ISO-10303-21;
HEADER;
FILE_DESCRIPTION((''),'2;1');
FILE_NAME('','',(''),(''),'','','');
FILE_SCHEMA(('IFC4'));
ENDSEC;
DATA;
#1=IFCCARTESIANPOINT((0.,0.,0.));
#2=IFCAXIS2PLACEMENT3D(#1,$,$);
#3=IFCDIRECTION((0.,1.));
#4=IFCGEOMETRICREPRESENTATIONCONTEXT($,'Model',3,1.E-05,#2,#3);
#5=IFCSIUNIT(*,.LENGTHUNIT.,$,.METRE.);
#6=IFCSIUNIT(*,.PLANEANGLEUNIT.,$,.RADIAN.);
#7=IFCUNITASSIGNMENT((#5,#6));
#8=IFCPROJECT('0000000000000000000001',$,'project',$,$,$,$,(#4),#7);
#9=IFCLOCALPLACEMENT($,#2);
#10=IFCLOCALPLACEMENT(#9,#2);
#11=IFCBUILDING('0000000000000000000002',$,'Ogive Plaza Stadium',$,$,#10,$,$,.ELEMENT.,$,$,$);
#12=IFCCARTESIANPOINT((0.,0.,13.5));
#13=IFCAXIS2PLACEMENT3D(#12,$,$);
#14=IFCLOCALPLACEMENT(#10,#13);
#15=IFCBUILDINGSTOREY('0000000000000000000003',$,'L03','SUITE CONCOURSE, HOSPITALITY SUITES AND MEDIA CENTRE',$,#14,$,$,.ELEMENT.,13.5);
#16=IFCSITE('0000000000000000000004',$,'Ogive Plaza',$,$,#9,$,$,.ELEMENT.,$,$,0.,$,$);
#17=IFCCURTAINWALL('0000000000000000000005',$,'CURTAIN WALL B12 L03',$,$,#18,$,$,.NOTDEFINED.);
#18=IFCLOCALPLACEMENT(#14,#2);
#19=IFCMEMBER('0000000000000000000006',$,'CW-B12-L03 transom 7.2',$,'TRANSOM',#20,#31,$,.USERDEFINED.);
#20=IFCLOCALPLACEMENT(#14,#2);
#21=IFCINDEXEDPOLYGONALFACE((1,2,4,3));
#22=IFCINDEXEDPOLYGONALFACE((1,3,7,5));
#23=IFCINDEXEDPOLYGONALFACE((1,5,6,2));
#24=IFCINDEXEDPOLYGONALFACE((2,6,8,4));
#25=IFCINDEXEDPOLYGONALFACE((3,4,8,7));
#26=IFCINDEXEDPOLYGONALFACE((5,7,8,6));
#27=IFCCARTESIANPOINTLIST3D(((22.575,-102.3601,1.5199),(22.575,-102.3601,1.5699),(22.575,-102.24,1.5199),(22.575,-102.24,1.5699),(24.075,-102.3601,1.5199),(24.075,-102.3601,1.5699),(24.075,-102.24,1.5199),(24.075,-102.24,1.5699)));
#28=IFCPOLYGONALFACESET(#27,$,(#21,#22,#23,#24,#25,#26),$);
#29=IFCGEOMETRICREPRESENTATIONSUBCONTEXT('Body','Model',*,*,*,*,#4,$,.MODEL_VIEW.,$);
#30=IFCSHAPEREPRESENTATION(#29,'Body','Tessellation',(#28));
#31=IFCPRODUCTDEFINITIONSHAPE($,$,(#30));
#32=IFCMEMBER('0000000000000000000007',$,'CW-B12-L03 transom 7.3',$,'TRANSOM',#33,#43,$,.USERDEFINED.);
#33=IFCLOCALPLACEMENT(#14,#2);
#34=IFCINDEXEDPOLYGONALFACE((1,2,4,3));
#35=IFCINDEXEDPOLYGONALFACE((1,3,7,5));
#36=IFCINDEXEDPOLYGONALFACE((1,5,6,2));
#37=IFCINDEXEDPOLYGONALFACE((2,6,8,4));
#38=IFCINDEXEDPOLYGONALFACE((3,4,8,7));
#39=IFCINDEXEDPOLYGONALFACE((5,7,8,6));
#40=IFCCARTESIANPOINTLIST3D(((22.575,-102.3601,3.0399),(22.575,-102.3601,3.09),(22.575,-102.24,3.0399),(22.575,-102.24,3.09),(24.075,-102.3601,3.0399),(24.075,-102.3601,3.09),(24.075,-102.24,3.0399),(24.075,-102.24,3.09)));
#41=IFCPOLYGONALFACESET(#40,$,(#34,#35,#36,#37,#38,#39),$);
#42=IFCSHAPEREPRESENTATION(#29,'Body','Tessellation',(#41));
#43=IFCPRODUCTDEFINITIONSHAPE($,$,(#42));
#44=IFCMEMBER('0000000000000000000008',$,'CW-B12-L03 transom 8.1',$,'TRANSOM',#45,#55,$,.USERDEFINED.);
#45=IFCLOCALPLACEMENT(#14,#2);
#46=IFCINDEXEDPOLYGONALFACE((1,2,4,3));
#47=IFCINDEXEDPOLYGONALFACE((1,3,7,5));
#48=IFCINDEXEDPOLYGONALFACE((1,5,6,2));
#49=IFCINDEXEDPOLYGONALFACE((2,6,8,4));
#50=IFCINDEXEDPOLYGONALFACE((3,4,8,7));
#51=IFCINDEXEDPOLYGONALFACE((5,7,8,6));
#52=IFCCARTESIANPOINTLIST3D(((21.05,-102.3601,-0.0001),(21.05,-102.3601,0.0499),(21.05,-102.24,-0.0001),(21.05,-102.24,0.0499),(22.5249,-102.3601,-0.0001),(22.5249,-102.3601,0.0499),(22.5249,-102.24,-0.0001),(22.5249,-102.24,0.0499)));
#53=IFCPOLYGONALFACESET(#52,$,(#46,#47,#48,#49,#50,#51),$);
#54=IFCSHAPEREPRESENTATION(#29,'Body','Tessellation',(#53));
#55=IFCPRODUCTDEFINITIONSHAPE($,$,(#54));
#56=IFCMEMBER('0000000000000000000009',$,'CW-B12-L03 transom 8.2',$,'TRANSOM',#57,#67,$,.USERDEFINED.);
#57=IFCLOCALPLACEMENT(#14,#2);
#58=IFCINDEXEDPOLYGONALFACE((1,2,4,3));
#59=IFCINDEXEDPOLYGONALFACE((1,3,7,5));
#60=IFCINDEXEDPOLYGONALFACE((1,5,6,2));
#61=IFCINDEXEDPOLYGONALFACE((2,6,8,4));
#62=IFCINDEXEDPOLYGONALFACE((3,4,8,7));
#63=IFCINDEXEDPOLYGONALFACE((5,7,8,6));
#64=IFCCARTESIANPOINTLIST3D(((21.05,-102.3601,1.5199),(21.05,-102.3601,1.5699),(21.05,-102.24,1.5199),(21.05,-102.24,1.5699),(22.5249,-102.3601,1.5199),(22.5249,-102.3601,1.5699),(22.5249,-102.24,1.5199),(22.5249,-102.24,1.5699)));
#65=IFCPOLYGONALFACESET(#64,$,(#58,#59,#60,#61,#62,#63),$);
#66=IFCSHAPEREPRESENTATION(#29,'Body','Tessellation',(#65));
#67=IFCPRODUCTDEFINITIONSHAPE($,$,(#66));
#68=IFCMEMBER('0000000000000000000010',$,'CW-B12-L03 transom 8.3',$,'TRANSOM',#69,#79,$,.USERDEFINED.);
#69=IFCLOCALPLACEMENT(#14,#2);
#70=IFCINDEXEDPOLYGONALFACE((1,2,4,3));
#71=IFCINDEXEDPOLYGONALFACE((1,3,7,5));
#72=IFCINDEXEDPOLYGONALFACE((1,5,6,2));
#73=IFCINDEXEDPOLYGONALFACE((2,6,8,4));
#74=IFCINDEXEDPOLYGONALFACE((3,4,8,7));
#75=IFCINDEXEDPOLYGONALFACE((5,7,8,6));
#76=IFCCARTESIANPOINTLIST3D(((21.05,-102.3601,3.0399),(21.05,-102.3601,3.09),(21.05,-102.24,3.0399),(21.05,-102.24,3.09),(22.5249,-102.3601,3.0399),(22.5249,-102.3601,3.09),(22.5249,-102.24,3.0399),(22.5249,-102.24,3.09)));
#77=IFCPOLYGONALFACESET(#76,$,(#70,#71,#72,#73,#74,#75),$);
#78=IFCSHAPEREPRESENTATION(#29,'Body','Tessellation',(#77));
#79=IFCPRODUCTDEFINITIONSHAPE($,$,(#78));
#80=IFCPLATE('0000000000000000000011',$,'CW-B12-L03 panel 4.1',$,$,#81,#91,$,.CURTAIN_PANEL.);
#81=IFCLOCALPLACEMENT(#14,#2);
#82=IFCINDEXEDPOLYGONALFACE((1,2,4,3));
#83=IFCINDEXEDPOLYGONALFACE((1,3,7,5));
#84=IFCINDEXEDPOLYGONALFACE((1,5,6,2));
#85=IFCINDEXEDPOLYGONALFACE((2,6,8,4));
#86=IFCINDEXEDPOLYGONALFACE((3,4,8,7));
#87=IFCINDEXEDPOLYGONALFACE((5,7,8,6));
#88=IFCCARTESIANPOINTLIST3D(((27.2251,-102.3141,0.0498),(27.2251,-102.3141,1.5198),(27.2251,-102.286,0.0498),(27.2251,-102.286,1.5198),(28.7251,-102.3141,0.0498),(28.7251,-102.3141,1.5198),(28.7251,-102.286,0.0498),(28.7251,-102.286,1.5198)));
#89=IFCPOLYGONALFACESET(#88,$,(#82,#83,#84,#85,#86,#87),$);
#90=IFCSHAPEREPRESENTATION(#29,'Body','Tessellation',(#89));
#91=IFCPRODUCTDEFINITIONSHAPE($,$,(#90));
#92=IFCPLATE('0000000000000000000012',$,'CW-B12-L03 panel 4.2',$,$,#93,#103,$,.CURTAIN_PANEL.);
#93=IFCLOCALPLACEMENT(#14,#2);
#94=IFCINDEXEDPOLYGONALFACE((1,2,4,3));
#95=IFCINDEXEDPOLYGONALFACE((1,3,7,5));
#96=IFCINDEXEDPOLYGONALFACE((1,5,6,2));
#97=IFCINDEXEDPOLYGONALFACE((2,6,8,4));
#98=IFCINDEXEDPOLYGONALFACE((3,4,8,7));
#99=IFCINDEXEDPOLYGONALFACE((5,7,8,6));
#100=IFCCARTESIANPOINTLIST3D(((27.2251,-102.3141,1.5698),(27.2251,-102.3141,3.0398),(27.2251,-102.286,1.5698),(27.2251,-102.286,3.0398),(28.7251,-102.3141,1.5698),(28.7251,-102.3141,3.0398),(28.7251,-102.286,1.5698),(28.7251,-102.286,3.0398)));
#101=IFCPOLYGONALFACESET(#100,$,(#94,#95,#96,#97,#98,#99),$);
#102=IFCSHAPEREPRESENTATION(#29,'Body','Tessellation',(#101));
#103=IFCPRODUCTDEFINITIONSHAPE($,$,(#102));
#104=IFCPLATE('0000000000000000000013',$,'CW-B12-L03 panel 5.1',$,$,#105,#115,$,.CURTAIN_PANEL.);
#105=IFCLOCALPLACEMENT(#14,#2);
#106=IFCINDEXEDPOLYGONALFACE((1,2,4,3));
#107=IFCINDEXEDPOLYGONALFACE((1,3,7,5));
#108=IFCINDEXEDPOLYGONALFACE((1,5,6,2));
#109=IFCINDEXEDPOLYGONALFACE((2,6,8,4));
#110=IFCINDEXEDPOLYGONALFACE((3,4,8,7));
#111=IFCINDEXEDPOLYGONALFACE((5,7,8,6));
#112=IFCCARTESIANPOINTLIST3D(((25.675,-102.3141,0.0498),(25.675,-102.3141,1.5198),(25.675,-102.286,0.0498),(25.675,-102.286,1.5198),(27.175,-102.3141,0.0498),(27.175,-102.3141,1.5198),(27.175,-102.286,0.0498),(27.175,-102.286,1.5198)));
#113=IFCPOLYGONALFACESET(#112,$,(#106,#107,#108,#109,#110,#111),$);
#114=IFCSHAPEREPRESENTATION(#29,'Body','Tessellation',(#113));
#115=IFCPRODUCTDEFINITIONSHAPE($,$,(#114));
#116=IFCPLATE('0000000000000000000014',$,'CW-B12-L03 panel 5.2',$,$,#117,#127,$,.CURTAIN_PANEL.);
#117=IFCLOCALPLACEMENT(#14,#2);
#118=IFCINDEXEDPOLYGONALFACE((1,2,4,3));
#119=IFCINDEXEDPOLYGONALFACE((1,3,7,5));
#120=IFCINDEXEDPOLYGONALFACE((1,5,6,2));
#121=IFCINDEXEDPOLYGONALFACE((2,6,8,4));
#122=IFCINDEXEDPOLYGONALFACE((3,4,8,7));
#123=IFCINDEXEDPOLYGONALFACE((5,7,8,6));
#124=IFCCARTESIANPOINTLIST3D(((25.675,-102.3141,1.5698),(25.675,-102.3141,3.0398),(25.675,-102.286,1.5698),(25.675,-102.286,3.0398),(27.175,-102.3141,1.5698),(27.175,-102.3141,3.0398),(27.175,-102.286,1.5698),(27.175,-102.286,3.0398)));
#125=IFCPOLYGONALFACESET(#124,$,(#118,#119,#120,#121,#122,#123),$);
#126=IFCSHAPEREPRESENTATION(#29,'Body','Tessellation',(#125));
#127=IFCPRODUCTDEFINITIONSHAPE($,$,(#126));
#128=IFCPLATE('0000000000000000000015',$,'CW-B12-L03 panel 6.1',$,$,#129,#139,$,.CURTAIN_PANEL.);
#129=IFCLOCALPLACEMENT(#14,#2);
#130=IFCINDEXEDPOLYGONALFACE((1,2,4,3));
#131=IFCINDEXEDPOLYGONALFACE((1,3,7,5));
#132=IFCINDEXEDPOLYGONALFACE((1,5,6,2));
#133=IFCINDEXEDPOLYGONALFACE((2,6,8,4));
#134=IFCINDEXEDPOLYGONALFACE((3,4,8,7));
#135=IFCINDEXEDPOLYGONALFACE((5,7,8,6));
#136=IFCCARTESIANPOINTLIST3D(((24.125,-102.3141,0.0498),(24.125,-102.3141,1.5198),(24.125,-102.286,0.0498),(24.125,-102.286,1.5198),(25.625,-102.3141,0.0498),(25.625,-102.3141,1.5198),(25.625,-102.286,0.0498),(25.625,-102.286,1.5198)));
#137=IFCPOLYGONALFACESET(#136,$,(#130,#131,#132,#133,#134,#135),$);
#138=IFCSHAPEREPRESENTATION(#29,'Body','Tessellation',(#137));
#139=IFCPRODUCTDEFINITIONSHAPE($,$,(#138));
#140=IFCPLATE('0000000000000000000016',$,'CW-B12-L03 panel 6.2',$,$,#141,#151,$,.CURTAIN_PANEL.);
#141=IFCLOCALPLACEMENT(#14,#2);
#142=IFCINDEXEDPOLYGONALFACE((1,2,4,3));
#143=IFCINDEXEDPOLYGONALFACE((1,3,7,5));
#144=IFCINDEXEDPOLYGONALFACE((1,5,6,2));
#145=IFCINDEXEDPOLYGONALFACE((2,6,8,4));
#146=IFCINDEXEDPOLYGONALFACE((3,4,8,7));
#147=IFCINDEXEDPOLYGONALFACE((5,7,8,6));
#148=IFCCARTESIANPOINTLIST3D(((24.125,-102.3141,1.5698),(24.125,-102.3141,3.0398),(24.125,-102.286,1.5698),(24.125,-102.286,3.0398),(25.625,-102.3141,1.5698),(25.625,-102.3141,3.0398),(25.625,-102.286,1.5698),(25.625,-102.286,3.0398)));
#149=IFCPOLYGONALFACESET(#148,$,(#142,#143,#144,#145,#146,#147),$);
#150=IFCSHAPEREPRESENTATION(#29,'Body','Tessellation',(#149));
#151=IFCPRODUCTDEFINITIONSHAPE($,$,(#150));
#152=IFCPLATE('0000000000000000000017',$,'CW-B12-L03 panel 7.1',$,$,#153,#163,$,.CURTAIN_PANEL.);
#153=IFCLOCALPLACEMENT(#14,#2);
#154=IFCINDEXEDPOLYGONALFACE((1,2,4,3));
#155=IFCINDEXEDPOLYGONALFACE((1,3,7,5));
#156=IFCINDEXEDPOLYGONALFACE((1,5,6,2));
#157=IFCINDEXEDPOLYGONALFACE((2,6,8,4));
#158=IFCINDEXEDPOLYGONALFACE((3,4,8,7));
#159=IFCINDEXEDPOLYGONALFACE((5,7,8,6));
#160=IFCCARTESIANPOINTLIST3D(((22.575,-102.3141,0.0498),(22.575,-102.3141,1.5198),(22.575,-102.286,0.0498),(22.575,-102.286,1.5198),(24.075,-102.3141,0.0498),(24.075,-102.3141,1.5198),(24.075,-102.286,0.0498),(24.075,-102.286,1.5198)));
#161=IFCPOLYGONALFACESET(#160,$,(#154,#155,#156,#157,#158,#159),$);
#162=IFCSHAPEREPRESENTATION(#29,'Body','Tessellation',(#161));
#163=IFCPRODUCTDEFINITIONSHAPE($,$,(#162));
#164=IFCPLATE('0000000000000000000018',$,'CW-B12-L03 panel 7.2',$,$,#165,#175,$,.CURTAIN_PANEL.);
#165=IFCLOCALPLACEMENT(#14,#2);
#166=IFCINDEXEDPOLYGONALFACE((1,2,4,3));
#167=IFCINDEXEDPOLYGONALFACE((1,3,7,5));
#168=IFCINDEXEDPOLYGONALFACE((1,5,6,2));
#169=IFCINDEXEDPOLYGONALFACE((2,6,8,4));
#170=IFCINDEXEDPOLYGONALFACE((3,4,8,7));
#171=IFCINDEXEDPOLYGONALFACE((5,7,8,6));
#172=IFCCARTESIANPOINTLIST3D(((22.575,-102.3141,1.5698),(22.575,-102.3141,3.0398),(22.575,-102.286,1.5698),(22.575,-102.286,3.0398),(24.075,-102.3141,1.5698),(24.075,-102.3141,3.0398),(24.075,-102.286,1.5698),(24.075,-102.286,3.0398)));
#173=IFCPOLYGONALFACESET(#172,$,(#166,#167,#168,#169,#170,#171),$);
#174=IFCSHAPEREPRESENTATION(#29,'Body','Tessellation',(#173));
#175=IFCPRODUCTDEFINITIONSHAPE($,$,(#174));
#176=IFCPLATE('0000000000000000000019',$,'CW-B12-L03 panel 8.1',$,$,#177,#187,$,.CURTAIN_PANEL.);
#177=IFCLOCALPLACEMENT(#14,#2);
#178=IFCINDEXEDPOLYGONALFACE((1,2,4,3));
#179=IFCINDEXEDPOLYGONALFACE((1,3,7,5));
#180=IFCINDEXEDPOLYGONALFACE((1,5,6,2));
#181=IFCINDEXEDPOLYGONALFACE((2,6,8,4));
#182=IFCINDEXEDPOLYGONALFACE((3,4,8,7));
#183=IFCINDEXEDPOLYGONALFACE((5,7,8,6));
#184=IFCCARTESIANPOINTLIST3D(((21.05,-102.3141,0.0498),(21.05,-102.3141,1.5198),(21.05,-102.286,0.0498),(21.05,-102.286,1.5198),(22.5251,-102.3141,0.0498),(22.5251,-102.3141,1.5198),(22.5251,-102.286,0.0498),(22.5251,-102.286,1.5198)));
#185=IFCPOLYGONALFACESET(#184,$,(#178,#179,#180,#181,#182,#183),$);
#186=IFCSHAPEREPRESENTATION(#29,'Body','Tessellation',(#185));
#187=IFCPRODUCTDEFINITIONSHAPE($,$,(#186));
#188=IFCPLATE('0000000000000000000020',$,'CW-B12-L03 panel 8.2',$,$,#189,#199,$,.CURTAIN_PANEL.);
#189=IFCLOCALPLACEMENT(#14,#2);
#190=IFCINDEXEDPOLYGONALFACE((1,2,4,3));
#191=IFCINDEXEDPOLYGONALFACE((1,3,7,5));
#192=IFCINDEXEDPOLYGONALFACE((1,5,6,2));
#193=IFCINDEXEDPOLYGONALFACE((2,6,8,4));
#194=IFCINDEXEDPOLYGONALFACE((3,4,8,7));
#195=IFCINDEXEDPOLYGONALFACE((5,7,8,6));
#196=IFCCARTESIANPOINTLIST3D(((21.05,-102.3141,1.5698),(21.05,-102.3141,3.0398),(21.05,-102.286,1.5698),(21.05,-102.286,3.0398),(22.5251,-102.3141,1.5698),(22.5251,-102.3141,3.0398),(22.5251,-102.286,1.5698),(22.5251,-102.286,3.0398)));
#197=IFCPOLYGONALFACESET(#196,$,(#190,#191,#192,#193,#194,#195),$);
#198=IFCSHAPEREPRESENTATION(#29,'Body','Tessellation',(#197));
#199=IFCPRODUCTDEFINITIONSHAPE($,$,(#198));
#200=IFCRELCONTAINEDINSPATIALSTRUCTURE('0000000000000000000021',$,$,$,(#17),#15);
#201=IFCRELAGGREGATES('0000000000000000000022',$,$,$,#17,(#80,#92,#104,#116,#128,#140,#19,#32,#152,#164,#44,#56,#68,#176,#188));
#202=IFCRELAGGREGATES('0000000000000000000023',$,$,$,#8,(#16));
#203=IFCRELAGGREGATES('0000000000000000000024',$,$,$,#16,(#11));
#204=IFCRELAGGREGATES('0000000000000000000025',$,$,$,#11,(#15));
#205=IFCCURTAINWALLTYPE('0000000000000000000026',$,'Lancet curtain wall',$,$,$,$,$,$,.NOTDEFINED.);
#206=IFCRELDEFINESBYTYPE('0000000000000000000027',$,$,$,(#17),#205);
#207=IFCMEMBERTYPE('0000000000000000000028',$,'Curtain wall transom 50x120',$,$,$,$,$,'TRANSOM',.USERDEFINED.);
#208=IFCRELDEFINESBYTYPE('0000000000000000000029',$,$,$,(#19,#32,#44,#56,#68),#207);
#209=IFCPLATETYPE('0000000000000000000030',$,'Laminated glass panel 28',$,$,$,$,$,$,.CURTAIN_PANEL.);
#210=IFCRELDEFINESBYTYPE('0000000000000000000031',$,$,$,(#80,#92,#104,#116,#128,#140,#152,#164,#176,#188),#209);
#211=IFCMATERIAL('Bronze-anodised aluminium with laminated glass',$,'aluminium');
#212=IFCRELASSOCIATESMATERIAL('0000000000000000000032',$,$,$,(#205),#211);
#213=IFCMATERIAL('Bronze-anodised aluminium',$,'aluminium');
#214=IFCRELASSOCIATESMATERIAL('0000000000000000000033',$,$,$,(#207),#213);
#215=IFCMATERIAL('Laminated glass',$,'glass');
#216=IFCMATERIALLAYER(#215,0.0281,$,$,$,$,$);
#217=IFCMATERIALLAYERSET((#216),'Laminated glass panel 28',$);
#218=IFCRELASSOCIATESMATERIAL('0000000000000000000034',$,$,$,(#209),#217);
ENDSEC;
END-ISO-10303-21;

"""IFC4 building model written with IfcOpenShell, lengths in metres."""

from ifc_helpers import new_model, si_unit, direction, frame, origin, origin_2d, place, context, subcontext, project, spatial, rectangle, extrude, material, layer, layer_set, material_profile, profile_set, type_object, element, aggregate, save


model = new_model("IFC4")

# Units and contexts
model_context = context("Model", 3, precision=1e-05, world=origin(), true_north=direction((0.0, 1.0)))
body_context = subcontext(model_context, "Body", "Model", "MODEL_VIEW")
ifc_project = project(units=[si_unit("LENGTHUNIT", "METRE"), si_unit("PLANEANGLEUNIT", "RADIAN")], contexts=[model_context])

# Site, building, storey
site_placement = place(None, origin())
site = spatial("IfcSite", under=ifc_project, at=site_placement, Name="Ogive Plaza", CompositionType="ELEMENT", RefElevation=0.0)
building_placement = place(site_placement, origin())
building = spatial("IfcBuilding", under=site, at=building_placement, Name="Ogive Plaza Stadium", CompositionType="ELEMENT")
storey_placement = place(building_placement, frame((0.0, 0.0, 13.5)))
storey = spatial("IfcBuildingStorey", under=building, at=storey_placement, Name="L03", Description="SUITE CONCOURSE, HOSPITALITY SUITES AND MEDIA CENTRE", CompositionType="ELEMENT", Elevation=13.5)

# Curtain wall, members, plates
ifc_material_1 = material(Name="Bronze-anodised aluminium with laminated glass", Category="aluminium")
curtain_wall_type = type_object("IfcCurtainWallType", Name="Lancet curtain wall", PredefinedType="NOTDEFINED", material=ifc_material_1)
curtain_wall_placement = place(storey_placement, origin())
curtain_wall = element("IfcCurtainWall", 1, at=curtain_wall_placement, inside=storey, type_object=curtain_wall_type, Name="CURTAIN WALL B12 L03", PredefinedType="NOTDEFINED")
ifc_material_2 = material(Name="Bronze-anodised aluminium", Category="aluminium")
ifc_material_profile_1 = material_profile(ifc_material_2, rectangle(XDim=0.1201, YDim=0.05, at=origin_2d()), Name="AL 120x50")
ifc_profile_set_1 = profile_set([ifc_material_profile_1], Name="Bronze-anodised aluminium")
member_type_1 = type_object("IfcMemberType", Name="Curtain wall transom 50x120", ElementType="TRANSOM", PredefinedType="USERDEFINED", material=ifc_profile_set_1)
member_1_placement = place(storey_placement, frame((24.075, -102.3, 1.5449), z_axis=(-1.0, 0.0, 0.0), x_axis=(0.0, -1.0, 0.0)))
member_1 = element("IfcMember", 2, at=member_1_placement, type_object=member_type_1, Name="CW-B12-L03 transom 7.2", ObjectType="TRANSOM", PredefinedType="USERDEFINED", context=body_context, shape_type="SweptSolid", body=[
    extrude(rectangle(XDim=0.1201, YDim=0.05, at=origin_2d()), origin(), (0.0, 0.0, 1.0), 1.5),
])
member_2_placement = place(storey_placement, frame((24.075, -102.3, 3.0649), z_axis=(-1.0, 0.0, 0.0), x_axis=(0.0, -1.0, 0.0)))
member_2 = element("IfcMember", 3, at=member_2_placement, type_object=member_type_1, Name="CW-B12-L03 transom 7.3", ObjectType="TRANSOM", PredefinedType="USERDEFINED", context=body_context, shape_type="SweptSolid", body=[
    extrude(rectangle(XDim=0.1201, YDim=0.05, at=origin_2d()), origin(), (0.0, 0.0, 1.0), 1.5),
])
member_3_placement = place(storey_placement, frame((22.5249, -102.3, 0.0249), z_axis=(-1.0, 0.0, 0.0), x_axis=(0.0, -1.0, 0.0)))
member_3 = element("IfcMember", 4, at=member_3_placement, type_object=member_type_1, Name="CW-B12-L03 transom 8.1", ObjectType="TRANSOM", PredefinedType="USERDEFINED", context=body_context, shape_type="SweptSolid", body=[
    extrude(rectangle(XDim=0.1201, YDim=0.05, at=origin_2d()), origin(), (0.0, 0.0, 1.0), 1.4749),
])
member_4_placement = place(storey_placement, frame((22.5249, -102.3, 1.5449), z_axis=(-1.0, 0.0, 0.0), x_axis=(0.0, -1.0, 0.0)))
member_4 = element("IfcMember", 5, at=member_4_placement, type_object=member_type_1, Name="CW-B12-L03 transom 8.2", ObjectType="TRANSOM", PredefinedType="USERDEFINED", context=body_context, shape_type="SweptSolid", body=[
    extrude(rectangle(XDim=0.1201, YDim=0.05, at=origin_2d()), origin(), (0.0, 0.0, 1.0), 1.4749),
])
member_5_placement = place(storey_placement, frame((22.5249, -102.3, 3.0649), z_axis=(-1.0, 0.0, 0.0), x_axis=(0.0, -1.0, 0.0)))
member_5 = element("IfcMember", 6, at=member_5_placement, type_object=member_type_1, Name="CW-B12-L03 transom 8.3", ObjectType="TRANSOM", PredefinedType="USERDEFINED", context=body_context, shape_type="SweptSolid", body=[
    extrude(rectangle(XDim=0.1201, YDim=0.05, at=origin_2d()), origin(), (0.0, 0.0, 1.0), 1.4749),
])
ifc_material_3 = material(Name="Laminated glass", Category="glass")
ifc_layer_1 = layer(ifc_material_3, 0.0281)
ifc_layer_set_1 = layer_set([ifc_layer_1], Name="Laminated glass panel 28")
plate_type = type_object("IfcPlateType", Name="Laminated glass panel 28", PredefinedType="CURTAIN_PANEL", material=ifc_layer_set_1)
plate_1_placement = place(storey_placement, frame((27.9751, -102.3, 0.0498), z_axis=(0.0, 0.0, 1.0), x_axis=(-1.0, 0.0, 0.0)))
plate_1 = element("IfcPlate", 7, at=plate_1_placement, type_object=plate_type, Name="CW-B12-L03 panel 4.1", PredefinedType="CURTAIN_PANEL", context=body_context, shape_type="SweptSolid", body=[
    extrude(rectangle(XDim=1.5, YDim=0.0281, at=origin_2d()), origin(), (0.0, 0.0, 1.0), 1.47),
])
plate_2_placement = place(storey_placement, frame((27.9751, -102.3, 1.5698), z_axis=(0.0, 0.0, 1.0), x_axis=(-1.0, 0.0, 0.0)))
plate_2 = element("IfcPlate", 8, at=plate_2_placement, type_object=plate_type, Name="CW-B12-L03 panel 4.2", PredefinedType="CURTAIN_PANEL", context=body_context, shape_type="SweptSolid", body=[
    extrude(rectangle(XDim=1.5, YDim=0.0281, at=origin_2d()), origin(), (0.0, 0.0, 1.0), 1.47),
])
plate_3_placement = place(storey_placement, frame((26.425, -102.3, 0.0498), z_axis=(0.0, 0.0, 1.0), x_axis=(-1.0, 0.0, 0.0)))
plate_3 = element("IfcPlate", 9, at=plate_3_placement, type_object=plate_type, Name="CW-B12-L03 panel 5.1", PredefinedType="CURTAIN_PANEL", context=body_context, shape_type="SweptSolid", body=[
    extrude(rectangle(XDim=1.5, YDim=0.0281, at=origin_2d()), origin(), (0.0, 0.0, 1.0), 1.47),
])
plate_4_placement = place(storey_placement, frame((26.425, -102.3, 1.5698), z_axis=(0.0, 0.0, 1.0), x_axis=(-1.0, 0.0, 0.0)))
plate_4 = element("IfcPlate", 10, at=plate_4_placement, type_object=plate_type, Name="CW-B12-L03 panel 5.2", PredefinedType="CURTAIN_PANEL", context=body_context, shape_type="SweptSolid", body=[
    extrude(rectangle(XDim=1.5, YDim=0.0281, at=origin_2d()), origin(), (0.0, 0.0, 1.0), 1.47),
])
plate_5_placement = place(storey_placement, frame((24.875, -102.3, 0.0498), z_axis=(0.0, 0.0, 1.0), x_axis=(-1.0, 0.0, 0.0)))
plate_5 = element("IfcPlate", 11, at=plate_5_placement, type_object=plate_type, Name="CW-B12-L03 panel 6.1", PredefinedType="CURTAIN_PANEL", context=body_context, shape_type="SweptSolid", body=[
    extrude(rectangle(XDim=1.5, YDim=0.0281, at=origin_2d()), origin(), (0.0, 0.0, 1.0), 1.47),
])
plate_6_placement = place(storey_placement, frame((24.875, -102.3, 1.5698), z_axis=(0.0, 0.0, 1.0), x_axis=(-1.0, 0.0, 0.0)))
plate_6 = element("IfcPlate", 12, at=plate_6_placement, type_object=plate_type, Name="CW-B12-L03 panel 6.2", PredefinedType="CURTAIN_PANEL", context=body_context, shape_type="SweptSolid", body=[
    extrude(rectangle(XDim=1.5, YDim=0.0281, at=origin_2d()), origin(), (0.0, 0.0, 1.0), 1.47),
])
plate_7_placement = place(storey_placement, frame((23.325, -102.3, 0.0498), z_axis=(0.0, 0.0, 1.0), x_axis=(-1.0, 0.0, 0.0)))
plate_7 = element("IfcPlate", 13, at=plate_7_placement, type_object=plate_type, Name="CW-B12-L03 panel 7.1", PredefinedType="CURTAIN_PANEL", context=body_context, shape_type="SweptSolid", body=[
    extrude(rectangle(XDim=1.5, YDim=0.0281, at=origin_2d()), origin(), (0.0, 0.0, 1.0), 1.47),
])
plate_8_placement = place(storey_placement, frame((23.325, -102.3, 1.5698), z_axis=(0.0, 0.0, 1.0), x_axis=(-1.0, 0.0, 0.0)))
plate_8 = element("IfcPlate", 14, at=plate_8_placement, type_object=plate_type, Name="CW-B12-L03 panel 7.2", PredefinedType="CURTAIN_PANEL", context=body_context, shape_type="SweptSolid", body=[
    extrude(rectangle(XDim=1.5, YDim=0.0281, at=origin_2d()), origin(), (0.0, 0.0, 1.0), 1.47),
])
plate_9_placement = place(storey_placement, frame((21.7876, -102.3, 0.0498), z_axis=(0.0, 0.0, 1.0), x_axis=(-1.0, 0.0, 0.0)))
plate_9 = element("IfcPlate", 15, at=plate_9_placement, type_object=plate_type, Name="CW-B12-L03 panel 8.1", PredefinedType="CURTAIN_PANEL", context=body_context, shape_type="SweptSolid", body=[
    extrude(rectangle(XDim=1.4751, YDim=0.0281, at=origin_2d()), origin(), (0.0, 0.0, 1.0), 1.47),
])
plate_10_placement = place(storey_placement, frame((21.7876, -102.3, 1.5698), z_axis=(0.0, 0.0, 1.0), x_axis=(-1.0, 0.0, 0.0)))
plate_10 = element("IfcPlate", 16, at=plate_10_placement, type_object=plate_type, Name="CW-B12-L03 panel 8.2", PredefinedType="CURTAIN_PANEL", context=body_context, shape_type="SweptSolid", body=[
    extrude(rectangle(XDim=1.4751, YDim=0.0281, at=origin_2d()), origin(), (0.0, 0.0, 1.0), 1.47),
])
aggregate(curtain_wall, [plate_1, plate_2, plate_3, plate_4, plate_5, plate_6, member_1, member_2, plate_7, plate_8, member_3, member_4, member_5, plate_9, plate_10])

save(model, "model.ifc")
